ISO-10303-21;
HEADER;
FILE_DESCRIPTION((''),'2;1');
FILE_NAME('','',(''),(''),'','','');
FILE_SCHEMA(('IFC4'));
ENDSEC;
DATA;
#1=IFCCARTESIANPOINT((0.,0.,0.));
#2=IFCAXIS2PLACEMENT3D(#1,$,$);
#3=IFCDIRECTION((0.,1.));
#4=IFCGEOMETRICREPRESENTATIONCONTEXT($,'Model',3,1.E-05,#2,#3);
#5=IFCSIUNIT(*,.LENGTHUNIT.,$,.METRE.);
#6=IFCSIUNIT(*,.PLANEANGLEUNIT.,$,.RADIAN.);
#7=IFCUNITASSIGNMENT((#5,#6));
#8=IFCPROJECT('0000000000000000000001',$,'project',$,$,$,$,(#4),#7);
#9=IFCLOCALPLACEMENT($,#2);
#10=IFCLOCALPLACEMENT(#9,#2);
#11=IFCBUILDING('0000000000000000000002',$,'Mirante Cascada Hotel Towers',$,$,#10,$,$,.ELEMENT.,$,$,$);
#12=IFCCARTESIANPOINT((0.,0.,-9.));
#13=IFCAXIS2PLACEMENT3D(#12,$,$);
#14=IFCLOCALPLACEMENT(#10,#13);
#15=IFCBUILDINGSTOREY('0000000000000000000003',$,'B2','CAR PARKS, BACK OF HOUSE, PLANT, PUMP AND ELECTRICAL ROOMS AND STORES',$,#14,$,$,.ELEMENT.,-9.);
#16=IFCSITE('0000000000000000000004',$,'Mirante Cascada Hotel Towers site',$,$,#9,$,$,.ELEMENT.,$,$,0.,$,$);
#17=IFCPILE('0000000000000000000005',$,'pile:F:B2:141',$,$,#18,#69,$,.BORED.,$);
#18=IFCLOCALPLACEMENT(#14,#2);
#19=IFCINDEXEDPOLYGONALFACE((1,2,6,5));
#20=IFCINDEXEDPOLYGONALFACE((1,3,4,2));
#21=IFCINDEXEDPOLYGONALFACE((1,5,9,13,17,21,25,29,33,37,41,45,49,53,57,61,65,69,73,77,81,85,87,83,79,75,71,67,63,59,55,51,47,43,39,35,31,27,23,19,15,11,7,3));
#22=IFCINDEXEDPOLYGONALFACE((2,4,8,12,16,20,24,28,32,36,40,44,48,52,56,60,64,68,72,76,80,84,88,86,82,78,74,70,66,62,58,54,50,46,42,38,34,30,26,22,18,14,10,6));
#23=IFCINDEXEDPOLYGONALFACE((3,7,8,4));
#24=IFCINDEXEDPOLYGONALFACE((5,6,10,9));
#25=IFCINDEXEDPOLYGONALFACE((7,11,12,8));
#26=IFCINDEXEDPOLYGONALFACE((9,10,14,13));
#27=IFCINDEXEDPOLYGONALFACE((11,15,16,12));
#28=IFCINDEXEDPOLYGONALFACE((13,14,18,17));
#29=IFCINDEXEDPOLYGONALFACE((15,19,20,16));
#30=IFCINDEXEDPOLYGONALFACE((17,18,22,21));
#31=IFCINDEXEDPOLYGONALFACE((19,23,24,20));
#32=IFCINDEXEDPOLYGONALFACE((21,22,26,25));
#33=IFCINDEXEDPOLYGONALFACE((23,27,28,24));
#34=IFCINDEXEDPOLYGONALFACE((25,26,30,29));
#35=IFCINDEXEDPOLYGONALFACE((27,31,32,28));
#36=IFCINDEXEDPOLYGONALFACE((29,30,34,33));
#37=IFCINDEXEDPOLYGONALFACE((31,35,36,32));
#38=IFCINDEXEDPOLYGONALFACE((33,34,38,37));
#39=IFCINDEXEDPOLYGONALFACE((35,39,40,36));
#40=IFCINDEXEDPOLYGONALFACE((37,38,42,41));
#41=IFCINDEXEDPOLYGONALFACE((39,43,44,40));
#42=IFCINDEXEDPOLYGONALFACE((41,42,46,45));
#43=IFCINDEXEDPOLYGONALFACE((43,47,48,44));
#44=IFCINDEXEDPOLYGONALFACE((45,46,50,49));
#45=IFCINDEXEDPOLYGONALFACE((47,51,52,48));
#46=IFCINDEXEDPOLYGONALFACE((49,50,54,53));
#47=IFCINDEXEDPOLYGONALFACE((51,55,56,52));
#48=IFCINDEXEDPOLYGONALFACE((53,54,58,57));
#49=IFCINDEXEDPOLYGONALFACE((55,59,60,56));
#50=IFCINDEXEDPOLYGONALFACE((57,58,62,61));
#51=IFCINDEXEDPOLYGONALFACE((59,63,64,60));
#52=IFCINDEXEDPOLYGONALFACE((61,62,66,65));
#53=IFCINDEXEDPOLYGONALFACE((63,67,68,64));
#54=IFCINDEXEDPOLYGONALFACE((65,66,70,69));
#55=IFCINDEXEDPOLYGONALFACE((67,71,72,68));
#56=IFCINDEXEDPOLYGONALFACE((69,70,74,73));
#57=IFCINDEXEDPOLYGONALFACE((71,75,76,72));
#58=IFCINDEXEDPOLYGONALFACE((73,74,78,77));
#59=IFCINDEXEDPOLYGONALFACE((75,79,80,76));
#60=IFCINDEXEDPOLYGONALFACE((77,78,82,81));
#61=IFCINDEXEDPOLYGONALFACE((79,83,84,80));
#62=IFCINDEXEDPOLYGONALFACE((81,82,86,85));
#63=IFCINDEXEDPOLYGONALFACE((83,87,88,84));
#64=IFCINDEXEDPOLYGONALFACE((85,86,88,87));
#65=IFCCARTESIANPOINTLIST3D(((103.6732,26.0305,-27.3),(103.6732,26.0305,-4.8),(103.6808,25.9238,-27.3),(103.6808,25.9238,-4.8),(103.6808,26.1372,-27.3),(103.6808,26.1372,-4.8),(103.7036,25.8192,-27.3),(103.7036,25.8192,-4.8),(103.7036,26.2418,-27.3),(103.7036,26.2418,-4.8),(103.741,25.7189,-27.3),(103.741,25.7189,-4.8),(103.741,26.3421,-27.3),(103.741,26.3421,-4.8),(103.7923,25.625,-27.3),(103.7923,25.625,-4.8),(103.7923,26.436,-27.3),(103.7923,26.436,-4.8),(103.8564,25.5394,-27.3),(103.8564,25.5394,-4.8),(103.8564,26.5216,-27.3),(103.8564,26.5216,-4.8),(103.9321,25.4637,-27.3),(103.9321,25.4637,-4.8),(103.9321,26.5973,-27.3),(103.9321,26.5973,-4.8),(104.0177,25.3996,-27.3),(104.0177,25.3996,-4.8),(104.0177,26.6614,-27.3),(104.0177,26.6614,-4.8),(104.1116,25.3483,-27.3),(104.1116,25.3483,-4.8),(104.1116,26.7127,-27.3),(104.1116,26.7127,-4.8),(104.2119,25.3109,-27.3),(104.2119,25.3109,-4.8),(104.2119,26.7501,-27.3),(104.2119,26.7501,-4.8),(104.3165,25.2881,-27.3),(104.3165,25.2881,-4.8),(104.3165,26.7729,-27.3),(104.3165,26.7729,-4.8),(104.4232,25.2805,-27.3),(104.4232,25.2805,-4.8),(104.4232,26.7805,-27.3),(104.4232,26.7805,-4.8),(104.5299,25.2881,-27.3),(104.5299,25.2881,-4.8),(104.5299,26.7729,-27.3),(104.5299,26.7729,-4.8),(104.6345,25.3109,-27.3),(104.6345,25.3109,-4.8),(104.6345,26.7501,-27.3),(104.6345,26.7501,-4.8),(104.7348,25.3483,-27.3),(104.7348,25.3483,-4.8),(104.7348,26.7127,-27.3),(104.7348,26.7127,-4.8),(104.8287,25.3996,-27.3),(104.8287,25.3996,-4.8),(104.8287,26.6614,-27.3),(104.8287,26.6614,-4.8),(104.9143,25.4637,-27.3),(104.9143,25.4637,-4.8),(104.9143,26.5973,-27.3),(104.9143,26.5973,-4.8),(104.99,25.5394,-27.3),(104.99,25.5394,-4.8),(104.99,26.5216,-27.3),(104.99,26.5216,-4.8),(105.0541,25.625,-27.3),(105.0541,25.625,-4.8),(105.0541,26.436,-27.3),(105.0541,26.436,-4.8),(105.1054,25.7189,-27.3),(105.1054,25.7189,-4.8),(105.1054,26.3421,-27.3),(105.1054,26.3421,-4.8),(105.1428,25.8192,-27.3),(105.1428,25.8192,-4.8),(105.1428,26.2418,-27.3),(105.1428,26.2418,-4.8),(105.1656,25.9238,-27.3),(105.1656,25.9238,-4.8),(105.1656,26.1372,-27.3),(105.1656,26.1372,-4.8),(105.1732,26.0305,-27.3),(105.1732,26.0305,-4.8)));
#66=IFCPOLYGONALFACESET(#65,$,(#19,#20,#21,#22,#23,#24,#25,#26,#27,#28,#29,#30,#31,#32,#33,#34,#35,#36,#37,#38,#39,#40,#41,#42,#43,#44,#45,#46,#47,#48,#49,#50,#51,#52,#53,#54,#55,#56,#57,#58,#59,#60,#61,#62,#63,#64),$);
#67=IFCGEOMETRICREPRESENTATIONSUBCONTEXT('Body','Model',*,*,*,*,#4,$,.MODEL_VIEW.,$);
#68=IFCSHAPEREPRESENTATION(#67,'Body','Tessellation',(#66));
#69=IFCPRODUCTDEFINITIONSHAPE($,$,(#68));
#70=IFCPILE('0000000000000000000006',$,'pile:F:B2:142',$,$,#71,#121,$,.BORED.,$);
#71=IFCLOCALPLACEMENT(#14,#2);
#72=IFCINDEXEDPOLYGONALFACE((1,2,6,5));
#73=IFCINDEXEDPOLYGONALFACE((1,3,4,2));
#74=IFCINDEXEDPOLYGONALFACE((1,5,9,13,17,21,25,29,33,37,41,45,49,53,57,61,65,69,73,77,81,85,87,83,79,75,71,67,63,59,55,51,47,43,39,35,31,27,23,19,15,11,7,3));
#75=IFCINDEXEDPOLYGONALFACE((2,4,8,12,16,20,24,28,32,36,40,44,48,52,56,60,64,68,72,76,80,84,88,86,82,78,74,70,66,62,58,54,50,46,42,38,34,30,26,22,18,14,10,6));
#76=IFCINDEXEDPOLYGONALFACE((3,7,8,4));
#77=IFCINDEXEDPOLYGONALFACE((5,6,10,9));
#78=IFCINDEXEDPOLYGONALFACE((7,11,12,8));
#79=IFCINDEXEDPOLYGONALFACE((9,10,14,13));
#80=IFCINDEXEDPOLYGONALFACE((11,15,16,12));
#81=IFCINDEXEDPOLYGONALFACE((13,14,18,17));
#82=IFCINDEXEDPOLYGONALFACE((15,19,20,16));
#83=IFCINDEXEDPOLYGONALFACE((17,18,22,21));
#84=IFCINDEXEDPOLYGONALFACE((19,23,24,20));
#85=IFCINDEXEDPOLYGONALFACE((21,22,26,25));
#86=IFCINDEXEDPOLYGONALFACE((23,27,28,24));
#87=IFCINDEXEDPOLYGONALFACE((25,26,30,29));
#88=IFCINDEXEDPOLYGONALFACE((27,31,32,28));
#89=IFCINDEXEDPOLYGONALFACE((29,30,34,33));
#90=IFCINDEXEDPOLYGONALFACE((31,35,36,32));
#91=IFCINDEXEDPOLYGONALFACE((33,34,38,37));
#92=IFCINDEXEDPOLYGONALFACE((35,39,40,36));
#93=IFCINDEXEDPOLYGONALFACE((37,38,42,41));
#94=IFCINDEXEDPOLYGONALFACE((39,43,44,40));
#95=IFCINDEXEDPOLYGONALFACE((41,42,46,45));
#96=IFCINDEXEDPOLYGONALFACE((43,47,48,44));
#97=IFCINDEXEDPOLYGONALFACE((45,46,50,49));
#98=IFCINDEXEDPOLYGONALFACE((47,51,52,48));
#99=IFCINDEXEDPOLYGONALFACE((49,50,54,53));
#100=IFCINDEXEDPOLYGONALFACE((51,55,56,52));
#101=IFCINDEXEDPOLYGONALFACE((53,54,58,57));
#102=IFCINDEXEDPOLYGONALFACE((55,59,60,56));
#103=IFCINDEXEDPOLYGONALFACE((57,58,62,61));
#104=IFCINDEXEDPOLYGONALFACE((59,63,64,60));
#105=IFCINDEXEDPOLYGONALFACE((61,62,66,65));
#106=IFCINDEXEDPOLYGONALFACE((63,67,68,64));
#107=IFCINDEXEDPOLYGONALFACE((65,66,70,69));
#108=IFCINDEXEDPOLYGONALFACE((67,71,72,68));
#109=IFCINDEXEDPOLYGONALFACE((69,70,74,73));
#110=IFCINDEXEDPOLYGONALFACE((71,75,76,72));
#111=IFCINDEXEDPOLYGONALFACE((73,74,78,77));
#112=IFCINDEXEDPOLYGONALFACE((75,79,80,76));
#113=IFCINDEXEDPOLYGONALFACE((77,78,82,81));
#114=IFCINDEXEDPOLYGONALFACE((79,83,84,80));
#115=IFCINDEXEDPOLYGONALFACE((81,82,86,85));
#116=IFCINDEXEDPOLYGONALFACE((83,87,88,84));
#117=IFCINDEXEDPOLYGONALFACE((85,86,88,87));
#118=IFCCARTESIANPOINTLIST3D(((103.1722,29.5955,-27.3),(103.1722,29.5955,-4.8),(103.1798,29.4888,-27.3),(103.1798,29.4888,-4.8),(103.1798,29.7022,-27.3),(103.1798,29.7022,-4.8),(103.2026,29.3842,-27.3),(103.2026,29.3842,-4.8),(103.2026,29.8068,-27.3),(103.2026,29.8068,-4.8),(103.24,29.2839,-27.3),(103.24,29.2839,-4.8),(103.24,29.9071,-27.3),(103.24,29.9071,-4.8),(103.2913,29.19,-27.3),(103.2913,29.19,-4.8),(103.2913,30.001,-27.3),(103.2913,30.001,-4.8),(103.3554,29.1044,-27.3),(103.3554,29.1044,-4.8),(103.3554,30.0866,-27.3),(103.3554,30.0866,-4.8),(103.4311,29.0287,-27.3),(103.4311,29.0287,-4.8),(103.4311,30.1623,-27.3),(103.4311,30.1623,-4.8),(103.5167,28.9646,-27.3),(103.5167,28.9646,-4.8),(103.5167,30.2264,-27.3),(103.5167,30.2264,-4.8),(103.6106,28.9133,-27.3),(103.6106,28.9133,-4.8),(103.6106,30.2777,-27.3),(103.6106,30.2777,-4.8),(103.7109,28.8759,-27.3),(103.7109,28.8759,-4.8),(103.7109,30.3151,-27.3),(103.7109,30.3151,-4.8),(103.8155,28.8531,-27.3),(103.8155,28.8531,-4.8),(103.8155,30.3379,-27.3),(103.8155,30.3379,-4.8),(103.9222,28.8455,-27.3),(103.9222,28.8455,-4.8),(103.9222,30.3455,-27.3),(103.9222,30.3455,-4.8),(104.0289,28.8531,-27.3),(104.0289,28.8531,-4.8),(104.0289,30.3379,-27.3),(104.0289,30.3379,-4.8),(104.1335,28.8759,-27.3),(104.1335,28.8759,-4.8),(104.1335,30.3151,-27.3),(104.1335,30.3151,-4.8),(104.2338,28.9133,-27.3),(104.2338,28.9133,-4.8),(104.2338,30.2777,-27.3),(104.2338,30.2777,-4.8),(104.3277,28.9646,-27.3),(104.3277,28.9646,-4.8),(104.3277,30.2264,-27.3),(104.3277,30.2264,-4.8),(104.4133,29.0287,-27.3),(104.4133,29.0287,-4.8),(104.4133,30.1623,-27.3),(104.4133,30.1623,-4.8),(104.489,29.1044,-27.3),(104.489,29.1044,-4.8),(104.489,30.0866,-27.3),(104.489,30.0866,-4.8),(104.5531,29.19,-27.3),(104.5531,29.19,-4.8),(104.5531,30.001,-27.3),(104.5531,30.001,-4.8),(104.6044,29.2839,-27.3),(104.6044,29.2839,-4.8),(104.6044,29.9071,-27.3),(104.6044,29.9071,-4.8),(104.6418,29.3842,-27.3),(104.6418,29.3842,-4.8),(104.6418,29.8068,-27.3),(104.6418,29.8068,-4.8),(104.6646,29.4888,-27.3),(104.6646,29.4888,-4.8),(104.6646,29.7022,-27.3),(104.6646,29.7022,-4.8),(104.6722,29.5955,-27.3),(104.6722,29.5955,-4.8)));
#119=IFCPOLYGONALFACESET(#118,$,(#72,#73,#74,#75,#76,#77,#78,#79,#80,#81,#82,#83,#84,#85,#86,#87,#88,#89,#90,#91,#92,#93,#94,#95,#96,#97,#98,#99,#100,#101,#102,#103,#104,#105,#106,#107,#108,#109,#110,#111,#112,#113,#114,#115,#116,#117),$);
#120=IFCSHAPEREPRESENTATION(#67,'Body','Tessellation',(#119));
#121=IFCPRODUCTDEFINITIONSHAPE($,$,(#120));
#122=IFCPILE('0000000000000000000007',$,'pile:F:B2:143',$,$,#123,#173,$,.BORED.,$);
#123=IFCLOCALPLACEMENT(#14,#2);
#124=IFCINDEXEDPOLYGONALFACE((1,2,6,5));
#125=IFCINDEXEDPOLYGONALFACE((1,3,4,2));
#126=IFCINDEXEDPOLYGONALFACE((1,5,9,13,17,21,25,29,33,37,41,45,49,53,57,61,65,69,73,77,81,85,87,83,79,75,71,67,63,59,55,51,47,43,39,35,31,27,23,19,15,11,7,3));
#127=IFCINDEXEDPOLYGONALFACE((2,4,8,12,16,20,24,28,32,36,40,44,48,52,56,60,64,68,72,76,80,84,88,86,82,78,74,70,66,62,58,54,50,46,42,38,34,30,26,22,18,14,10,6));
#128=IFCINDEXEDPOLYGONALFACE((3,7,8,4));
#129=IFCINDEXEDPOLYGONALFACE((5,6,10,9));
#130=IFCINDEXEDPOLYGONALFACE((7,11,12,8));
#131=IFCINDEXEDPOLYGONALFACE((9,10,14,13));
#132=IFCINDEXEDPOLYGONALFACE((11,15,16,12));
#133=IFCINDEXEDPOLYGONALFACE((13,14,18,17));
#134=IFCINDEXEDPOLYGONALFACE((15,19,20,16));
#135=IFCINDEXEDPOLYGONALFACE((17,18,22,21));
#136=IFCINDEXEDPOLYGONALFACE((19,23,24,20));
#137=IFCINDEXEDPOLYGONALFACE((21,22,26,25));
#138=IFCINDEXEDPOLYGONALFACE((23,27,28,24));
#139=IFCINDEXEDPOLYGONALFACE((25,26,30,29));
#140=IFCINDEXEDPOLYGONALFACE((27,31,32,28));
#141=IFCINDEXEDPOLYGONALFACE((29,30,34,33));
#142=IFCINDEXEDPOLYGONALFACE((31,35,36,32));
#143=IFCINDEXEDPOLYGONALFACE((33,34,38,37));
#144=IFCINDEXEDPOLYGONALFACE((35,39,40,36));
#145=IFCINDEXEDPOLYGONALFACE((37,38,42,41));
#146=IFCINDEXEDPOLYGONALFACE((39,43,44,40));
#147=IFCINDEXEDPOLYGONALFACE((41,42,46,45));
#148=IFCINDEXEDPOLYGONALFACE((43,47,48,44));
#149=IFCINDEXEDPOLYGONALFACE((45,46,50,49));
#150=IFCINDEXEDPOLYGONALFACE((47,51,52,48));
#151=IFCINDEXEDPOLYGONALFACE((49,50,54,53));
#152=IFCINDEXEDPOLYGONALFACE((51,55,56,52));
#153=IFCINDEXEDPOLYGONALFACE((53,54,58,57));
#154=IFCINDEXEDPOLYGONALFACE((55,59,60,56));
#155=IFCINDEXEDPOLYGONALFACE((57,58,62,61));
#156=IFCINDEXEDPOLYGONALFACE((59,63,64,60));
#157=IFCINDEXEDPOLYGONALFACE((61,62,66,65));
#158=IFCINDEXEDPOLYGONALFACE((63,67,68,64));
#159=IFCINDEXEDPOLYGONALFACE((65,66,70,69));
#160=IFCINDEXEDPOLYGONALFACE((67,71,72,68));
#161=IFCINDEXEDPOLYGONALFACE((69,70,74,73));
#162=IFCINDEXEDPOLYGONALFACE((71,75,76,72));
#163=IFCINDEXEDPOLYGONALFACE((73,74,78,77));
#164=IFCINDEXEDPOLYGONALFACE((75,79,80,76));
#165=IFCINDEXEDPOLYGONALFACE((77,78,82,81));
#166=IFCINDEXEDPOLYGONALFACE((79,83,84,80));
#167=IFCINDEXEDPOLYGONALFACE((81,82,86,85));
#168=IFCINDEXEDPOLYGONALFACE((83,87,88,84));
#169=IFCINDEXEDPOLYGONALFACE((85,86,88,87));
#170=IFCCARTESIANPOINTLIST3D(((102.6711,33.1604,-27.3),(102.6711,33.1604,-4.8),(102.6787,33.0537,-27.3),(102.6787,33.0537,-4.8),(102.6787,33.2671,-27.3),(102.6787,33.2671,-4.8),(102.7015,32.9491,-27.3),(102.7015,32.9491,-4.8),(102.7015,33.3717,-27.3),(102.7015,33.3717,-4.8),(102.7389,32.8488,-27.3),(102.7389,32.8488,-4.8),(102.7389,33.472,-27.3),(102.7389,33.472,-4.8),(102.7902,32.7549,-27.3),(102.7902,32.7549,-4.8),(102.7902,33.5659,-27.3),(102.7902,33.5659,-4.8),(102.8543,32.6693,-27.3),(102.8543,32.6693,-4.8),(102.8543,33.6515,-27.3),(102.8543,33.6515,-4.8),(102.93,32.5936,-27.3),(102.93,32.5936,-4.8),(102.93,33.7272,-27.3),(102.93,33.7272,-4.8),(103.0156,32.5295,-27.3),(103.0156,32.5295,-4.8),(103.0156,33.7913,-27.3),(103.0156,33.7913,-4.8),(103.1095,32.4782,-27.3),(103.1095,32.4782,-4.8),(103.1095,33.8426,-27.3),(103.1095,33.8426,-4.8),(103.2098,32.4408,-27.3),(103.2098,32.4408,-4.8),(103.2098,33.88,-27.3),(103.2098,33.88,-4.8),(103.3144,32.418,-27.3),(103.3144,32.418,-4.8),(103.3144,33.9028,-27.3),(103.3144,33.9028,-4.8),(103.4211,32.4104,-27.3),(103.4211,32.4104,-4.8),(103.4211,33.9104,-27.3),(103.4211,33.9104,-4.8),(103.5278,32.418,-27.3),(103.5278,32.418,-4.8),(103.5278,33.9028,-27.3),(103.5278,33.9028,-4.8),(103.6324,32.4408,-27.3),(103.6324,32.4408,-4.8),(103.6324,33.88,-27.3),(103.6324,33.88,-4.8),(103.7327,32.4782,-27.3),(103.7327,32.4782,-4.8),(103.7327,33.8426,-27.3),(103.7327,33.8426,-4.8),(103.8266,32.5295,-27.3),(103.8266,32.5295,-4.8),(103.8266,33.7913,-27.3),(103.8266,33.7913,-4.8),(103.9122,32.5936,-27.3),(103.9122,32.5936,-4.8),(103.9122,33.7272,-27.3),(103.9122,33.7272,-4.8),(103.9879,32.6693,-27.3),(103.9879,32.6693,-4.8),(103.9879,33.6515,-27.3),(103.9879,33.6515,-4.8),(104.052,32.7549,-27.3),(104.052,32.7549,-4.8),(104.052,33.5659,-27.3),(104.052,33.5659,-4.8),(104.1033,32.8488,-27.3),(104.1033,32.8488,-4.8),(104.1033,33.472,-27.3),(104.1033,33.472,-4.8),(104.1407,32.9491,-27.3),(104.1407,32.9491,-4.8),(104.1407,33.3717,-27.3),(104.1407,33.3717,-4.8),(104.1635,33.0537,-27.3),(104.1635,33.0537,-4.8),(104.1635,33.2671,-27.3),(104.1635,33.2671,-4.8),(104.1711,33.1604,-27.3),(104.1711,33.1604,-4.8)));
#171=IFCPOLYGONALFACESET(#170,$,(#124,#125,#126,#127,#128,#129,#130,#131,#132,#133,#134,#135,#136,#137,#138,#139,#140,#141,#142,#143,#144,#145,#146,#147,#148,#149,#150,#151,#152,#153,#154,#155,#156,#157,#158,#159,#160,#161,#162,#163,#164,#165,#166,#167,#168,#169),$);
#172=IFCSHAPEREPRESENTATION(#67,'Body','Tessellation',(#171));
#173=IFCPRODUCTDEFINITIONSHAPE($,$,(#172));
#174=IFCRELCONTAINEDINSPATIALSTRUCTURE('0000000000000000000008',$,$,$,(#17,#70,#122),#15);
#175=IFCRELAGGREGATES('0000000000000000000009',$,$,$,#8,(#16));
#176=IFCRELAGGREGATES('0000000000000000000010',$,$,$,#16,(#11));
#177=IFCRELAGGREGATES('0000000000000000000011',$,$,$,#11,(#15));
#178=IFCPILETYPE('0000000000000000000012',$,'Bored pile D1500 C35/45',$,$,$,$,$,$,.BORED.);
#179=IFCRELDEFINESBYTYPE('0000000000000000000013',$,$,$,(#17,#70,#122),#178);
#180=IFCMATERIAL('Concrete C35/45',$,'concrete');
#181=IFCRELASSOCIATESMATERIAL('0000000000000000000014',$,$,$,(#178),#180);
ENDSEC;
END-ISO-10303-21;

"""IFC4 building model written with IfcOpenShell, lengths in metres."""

from ifc_helpers import new_model, si_unit, direction, frame, origin, origin_2d, place, context, subcontext, project, spatial, circle, extrude, material, material_profile, profile_set, type_object, element, save


model = new_model("IFC4")

# Units and contexts
model_context = context("Model", 3, precision=1e-05, world=origin(), true_north=direction((0.0, 1.0)))
body_context = subcontext(model_context, "Body", "Model", "MODEL_VIEW")
ifc_project = project(units=[si_unit("LENGTHUNIT", "METRE"), si_unit("PLANEANGLEUNIT", "RADIAN")], contexts=[model_context])

# Site, building, storey
site_placement = place(None, origin())
site = spatial("IfcSite", under=ifc_project, at=site_placement, Name="Mirante Cascada Hotel Towers site", CompositionType="ELEMENT", RefElevation=0.0)
building_placement = place(site_placement, origin())
building = spatial("IfcBuilding", under=site, at=building_placement, Name="Mirante Cascada Hotel Towers", CompositionType="ELEMENT")
storey_placement = place(building_placement, frame((0.0, 0.0, -9.0)))
storey = spatial("IfcBuildingStorey", under=building, at=storey_placement, Name="B2", Description="CAR PARKS, BACK OF HOUSE, PLANT, PUMP AND ELECTRICAL ROOMS AND STORES", CompositionType="ELEMENT", Elevation=-9.0)

# Piles
ifc_material_1 = material(Name="Concrete C35/45", Category="concrete")
ifc_material_profile_1 = material_profile(ifc_material_1, circle(Radius=0.75, at=origin_2d()), Name="RC D1500")
ifc_profile_set_1 = profile_set([ifc_material_profile_1], Name="Concrete C35/45")
pile_type = type_object("IfcPileType", Name="Bored pile D1500 C35/45", PredefinedType="BORED", material=ifc_profile_set_1)
for number, where, z_axis, x_axis, name in (
    (1, (104.4232, 26.0305, -4.8), (0.0, 0.0, -1.0), (1.0, 0.0, 0.0), "pile:F:B2:141"),
    (2, (103.9222, 29.5955, -4.8), (0.0, 0.0, -1.0), (1.0, 0.0, 0.0), "pile:F:B2:142"),
    (3, (103.4211, 33.1604, -4.8), (0.0, 0.0, -1.0), (1.0, 0.0, 0.0), "pile:F:B2:143"),
):
    element("IfcPile", number, at=place(storey_placement, frame(where, z_axis=z_axis, x_axis=x_axis)), inside=storey, type_object=pile_type, Name=name, PredefinedType="BORED", context=body_context, shape_type="SweptSolid", body=[
        extrude(circle(Radius=0.75, at=origin_2d()), origin(), (0.0, 0.0, 1.0), 22.5),
    ])

save(model, "model.ifc")
